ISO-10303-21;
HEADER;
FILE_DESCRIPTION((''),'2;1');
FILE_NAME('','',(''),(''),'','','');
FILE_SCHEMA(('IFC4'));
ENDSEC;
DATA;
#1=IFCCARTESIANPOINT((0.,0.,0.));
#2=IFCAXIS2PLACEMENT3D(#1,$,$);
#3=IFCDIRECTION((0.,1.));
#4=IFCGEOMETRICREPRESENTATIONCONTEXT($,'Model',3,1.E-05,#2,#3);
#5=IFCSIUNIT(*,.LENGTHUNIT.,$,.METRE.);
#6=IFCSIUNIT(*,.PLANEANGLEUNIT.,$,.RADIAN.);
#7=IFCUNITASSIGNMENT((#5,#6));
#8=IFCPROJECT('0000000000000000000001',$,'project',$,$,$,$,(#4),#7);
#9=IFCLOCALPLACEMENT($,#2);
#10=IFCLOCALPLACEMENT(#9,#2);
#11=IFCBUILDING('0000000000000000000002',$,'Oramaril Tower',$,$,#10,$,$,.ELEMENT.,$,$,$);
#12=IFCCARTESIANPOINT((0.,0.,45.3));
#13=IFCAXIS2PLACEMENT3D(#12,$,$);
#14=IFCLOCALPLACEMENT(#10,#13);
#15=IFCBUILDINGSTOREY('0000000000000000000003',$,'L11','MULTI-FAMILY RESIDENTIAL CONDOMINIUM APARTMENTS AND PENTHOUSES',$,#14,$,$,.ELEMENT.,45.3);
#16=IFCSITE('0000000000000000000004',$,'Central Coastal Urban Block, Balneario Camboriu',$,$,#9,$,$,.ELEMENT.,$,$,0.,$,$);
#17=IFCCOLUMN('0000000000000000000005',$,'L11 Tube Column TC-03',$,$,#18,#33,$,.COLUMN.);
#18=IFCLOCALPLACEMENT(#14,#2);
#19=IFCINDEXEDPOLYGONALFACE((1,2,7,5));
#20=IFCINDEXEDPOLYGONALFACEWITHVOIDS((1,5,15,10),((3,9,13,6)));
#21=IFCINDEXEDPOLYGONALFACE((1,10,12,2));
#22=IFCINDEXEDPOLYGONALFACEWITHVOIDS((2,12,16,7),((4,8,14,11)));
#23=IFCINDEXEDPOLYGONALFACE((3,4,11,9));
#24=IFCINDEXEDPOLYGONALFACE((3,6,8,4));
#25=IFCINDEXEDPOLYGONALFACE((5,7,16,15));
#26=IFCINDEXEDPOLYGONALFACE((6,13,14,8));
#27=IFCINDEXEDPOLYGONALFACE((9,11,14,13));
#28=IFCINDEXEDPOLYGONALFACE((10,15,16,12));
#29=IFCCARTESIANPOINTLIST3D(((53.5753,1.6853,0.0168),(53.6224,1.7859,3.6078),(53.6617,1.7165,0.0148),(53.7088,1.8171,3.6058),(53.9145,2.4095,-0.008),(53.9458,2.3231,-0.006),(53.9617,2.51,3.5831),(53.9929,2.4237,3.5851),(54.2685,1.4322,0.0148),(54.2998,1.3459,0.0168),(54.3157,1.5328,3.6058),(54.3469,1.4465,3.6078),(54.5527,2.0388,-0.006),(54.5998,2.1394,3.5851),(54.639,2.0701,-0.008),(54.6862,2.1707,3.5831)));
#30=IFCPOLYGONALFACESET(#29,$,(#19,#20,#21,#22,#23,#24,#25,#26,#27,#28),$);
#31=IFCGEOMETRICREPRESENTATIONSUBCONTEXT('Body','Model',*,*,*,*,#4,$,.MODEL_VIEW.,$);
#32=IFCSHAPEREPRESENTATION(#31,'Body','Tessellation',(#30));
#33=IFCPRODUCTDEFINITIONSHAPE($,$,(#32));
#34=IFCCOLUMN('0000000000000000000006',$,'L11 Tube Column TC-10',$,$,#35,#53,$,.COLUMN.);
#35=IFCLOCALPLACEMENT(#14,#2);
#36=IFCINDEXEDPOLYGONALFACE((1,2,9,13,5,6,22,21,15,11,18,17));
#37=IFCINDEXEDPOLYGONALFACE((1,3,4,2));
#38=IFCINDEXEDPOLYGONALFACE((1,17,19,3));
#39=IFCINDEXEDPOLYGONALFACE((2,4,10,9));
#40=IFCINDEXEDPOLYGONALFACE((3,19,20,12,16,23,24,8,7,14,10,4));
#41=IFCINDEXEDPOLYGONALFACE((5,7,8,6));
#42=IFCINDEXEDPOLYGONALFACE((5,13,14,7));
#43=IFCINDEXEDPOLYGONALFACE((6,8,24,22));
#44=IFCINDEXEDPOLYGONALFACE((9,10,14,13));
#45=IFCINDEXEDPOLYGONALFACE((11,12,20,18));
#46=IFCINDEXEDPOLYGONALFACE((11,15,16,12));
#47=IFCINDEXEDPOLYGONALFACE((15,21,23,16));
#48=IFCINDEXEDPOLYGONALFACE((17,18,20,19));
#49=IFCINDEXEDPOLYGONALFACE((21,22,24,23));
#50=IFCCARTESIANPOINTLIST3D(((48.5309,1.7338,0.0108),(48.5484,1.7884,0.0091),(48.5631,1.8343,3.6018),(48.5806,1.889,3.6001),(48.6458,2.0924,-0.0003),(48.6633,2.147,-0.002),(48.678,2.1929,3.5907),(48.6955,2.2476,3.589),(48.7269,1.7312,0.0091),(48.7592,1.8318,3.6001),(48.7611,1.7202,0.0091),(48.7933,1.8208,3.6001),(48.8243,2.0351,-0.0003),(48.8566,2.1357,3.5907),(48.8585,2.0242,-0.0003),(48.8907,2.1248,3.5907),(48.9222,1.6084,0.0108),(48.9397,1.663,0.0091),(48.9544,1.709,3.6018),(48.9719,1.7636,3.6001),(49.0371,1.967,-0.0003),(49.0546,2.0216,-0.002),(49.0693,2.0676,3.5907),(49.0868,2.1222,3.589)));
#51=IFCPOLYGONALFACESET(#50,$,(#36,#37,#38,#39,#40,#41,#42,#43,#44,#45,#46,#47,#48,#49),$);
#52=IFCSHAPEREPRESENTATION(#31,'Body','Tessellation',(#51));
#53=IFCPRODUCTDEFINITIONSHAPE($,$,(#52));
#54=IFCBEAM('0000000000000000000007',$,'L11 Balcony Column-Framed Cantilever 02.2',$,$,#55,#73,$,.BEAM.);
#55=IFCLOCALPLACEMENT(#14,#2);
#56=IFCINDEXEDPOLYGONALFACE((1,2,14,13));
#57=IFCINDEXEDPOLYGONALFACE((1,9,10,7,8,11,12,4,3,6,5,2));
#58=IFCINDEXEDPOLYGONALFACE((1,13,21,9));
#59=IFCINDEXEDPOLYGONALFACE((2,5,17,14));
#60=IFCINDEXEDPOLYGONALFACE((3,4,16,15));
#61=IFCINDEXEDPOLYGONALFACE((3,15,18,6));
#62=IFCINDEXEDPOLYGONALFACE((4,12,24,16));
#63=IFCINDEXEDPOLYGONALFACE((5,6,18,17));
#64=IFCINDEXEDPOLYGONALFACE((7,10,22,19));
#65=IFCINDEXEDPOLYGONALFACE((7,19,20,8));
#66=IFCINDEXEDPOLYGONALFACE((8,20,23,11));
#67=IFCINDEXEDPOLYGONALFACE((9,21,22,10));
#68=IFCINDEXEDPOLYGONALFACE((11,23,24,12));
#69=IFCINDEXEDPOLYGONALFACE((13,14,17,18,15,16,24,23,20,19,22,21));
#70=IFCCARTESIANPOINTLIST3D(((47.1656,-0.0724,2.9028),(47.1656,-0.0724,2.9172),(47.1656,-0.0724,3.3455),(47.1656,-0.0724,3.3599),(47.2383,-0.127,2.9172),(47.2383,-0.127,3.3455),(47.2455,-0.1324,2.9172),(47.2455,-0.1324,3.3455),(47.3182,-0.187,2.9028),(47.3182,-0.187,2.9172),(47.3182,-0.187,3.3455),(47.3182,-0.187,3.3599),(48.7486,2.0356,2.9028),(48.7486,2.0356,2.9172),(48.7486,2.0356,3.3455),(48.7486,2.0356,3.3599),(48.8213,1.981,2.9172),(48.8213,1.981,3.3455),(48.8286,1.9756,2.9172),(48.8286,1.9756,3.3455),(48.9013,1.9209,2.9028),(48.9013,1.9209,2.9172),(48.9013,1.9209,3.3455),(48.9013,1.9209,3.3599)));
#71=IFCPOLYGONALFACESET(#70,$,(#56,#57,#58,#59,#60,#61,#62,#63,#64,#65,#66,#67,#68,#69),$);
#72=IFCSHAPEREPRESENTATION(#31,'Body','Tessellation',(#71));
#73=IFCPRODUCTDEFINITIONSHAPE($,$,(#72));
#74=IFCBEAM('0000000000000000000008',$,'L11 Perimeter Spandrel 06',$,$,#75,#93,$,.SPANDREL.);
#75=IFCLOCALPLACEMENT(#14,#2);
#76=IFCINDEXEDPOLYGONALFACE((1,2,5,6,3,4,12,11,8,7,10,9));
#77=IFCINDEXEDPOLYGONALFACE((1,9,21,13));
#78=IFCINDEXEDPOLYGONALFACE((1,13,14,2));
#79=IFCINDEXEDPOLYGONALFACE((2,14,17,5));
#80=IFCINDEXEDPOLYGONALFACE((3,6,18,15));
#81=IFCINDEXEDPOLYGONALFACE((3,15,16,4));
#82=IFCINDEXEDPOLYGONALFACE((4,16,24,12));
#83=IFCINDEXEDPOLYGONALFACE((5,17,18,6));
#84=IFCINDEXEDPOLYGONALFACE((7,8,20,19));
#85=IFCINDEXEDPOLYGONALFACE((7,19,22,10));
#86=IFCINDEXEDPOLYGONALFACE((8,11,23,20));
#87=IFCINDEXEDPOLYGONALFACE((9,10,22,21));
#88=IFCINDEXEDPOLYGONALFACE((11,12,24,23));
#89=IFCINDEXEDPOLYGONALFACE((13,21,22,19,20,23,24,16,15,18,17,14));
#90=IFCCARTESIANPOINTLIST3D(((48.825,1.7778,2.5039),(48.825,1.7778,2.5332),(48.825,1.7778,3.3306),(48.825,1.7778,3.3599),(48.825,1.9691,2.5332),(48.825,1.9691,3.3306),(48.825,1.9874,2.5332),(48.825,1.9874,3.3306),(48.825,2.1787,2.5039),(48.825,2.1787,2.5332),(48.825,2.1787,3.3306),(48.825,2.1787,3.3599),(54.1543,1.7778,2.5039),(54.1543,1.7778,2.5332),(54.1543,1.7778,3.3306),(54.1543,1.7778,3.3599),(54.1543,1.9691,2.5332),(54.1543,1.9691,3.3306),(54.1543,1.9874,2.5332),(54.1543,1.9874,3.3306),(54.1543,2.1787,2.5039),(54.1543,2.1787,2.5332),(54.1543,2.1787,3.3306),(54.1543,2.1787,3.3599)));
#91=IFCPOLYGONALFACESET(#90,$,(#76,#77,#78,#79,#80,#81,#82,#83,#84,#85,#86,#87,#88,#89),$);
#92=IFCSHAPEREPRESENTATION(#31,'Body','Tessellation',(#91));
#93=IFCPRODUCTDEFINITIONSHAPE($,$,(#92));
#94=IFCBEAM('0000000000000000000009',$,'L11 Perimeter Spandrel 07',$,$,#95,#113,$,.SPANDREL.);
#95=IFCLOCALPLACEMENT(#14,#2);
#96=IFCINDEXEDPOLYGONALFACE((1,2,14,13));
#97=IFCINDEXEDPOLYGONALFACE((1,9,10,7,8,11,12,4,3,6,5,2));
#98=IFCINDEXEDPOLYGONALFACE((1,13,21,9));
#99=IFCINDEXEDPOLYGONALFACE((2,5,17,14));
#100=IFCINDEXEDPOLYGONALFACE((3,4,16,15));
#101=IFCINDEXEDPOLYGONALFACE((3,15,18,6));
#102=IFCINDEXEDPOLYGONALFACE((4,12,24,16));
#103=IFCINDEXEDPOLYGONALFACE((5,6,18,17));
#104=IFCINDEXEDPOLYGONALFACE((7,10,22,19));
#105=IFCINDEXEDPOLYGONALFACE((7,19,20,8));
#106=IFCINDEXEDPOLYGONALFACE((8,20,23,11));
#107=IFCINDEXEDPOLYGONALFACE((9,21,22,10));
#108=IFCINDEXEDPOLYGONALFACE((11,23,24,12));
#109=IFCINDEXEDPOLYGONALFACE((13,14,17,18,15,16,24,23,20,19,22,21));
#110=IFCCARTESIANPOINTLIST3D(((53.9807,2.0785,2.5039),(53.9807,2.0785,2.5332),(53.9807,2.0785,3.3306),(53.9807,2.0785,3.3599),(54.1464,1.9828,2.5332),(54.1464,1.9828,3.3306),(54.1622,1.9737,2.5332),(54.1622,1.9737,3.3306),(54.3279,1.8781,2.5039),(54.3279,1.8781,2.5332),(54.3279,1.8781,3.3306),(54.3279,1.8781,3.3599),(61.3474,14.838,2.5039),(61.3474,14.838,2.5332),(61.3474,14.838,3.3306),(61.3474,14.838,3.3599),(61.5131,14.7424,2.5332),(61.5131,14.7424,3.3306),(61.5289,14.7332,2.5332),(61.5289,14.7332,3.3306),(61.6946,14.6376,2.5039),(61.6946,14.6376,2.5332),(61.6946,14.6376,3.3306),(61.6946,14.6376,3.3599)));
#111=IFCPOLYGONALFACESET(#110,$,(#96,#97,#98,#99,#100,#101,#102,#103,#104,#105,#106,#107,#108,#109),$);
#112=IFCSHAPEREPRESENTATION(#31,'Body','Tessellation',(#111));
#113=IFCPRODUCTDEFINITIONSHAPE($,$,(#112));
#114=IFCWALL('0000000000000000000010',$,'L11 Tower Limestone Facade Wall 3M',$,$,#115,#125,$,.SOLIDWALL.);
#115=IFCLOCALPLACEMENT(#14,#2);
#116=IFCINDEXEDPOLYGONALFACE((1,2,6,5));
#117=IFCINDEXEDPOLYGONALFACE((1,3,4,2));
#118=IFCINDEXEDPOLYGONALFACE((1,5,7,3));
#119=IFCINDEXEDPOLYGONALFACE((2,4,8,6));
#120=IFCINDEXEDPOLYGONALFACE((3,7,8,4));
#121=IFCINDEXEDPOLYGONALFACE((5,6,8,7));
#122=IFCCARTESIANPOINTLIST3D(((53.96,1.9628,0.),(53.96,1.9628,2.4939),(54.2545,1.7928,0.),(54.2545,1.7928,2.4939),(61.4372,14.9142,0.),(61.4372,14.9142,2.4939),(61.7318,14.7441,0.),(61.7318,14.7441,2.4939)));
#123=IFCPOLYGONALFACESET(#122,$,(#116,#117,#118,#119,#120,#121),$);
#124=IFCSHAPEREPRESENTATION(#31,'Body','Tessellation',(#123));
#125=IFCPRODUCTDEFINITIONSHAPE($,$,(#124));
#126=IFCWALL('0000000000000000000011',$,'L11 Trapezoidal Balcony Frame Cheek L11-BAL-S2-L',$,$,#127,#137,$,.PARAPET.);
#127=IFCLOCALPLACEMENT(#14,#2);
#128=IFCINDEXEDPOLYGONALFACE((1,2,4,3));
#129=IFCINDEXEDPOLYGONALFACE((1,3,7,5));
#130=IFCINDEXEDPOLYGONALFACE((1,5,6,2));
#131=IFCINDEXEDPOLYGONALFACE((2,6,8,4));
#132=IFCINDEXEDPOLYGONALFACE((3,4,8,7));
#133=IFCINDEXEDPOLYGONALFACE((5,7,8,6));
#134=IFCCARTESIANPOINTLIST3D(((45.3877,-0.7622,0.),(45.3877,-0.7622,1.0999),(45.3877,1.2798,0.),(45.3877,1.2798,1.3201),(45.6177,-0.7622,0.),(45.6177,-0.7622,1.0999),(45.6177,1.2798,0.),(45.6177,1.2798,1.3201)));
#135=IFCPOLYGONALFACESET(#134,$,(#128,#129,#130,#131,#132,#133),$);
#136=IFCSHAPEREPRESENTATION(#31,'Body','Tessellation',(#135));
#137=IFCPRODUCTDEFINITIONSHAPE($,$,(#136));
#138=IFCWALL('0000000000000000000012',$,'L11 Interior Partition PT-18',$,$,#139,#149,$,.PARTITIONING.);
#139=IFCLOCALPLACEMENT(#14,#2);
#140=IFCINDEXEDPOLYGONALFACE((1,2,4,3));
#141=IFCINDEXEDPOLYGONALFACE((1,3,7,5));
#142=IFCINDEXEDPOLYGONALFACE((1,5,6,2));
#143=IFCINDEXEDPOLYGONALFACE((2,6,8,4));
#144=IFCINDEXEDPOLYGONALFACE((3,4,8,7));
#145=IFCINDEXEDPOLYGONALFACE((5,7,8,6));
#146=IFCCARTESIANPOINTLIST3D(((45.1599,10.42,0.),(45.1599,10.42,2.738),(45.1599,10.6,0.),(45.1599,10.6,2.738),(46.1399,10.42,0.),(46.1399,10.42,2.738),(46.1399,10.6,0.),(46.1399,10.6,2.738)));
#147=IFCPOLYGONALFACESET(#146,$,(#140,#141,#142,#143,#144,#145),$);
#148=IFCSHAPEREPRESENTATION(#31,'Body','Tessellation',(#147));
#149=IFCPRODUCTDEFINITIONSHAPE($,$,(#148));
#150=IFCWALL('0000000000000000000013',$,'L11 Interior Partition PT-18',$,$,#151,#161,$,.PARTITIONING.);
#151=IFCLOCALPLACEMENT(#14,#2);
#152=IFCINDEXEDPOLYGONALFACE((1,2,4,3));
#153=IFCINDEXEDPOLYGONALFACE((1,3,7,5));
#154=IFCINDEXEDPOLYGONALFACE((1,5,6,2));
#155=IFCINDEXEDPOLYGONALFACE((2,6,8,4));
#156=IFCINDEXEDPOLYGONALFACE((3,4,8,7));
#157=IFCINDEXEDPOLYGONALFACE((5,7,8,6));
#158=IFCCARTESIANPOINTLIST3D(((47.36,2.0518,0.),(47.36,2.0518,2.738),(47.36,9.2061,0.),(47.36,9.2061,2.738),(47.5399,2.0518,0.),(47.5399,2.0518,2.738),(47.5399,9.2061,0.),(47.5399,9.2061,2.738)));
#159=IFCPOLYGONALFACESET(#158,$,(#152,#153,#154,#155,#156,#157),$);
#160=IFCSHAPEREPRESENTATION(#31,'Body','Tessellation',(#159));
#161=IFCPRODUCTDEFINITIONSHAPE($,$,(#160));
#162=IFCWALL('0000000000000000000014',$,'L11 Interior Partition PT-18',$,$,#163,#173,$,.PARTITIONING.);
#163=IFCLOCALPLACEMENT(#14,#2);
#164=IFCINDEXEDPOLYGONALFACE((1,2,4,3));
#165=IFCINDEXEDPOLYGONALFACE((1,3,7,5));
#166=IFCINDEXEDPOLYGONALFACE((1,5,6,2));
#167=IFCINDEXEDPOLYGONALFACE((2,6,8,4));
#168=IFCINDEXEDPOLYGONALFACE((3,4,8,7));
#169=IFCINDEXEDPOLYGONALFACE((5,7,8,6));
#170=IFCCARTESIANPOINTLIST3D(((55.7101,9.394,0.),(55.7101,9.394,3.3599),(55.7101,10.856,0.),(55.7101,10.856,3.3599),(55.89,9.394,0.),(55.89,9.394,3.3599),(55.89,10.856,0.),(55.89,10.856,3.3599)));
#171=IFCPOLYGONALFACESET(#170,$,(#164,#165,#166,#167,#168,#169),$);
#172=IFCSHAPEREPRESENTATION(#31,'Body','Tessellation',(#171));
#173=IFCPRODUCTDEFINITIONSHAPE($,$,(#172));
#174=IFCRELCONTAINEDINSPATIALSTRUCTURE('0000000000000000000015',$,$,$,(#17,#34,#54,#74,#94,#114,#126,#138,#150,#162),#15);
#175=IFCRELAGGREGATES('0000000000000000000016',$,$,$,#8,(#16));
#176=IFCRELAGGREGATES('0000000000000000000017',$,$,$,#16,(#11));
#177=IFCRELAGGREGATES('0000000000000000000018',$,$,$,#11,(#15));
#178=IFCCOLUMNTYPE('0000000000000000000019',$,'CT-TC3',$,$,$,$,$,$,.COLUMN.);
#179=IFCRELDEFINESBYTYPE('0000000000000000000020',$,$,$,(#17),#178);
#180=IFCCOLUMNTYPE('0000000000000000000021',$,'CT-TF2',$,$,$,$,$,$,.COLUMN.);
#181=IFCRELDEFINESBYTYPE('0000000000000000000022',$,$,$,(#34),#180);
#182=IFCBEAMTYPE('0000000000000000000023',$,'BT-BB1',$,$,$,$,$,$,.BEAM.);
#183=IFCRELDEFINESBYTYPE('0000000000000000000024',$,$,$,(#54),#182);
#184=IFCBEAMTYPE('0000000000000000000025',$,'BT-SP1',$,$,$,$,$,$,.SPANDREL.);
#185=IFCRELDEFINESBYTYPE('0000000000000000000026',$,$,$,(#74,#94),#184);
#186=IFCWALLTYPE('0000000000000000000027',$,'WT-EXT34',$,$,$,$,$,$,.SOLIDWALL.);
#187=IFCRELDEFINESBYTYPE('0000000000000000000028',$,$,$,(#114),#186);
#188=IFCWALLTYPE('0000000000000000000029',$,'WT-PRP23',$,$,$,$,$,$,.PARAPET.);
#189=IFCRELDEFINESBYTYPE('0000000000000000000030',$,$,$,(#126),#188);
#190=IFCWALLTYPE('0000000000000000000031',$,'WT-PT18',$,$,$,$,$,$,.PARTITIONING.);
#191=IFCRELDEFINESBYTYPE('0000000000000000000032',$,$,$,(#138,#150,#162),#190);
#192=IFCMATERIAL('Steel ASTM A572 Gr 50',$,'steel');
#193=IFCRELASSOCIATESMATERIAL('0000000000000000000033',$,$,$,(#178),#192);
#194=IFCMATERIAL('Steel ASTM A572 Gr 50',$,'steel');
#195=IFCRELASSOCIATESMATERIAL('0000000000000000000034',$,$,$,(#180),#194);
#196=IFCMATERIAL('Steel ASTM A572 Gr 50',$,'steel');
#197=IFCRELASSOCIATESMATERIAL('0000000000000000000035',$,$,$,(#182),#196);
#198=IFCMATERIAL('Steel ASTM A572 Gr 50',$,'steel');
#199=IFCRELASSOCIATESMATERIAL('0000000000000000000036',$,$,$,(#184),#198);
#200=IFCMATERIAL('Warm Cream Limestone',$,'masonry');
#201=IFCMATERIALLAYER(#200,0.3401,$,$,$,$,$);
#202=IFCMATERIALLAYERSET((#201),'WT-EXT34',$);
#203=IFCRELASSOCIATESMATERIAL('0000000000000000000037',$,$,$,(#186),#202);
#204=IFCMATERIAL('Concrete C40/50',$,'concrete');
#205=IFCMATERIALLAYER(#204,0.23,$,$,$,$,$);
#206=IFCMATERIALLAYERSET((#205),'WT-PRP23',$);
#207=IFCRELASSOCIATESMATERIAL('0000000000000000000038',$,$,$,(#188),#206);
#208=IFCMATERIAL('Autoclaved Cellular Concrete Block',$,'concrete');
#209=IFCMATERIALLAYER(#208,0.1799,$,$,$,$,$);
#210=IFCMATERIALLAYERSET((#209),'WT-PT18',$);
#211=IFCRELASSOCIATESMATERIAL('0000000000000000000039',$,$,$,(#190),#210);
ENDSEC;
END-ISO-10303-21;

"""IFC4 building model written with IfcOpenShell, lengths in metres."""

from ifc_helpers import new_model, si_unit, direction, frame, frame_2d, origin, origin_2d, place, context, subcontext, project, spatial, polyline, rectangle, hollow_rectangle, i_section, outline, extrude, material, layer, layer_set, material_profile, profile_set, type_object, element, save


model = new_model("IFC4")

# Units and contexts
model_context = context("Model", 3, precision=1e-05, world=origin(), true_north=direction((0.0, 1.0)))
body_context = subcontext(model_context, "Body", "Model", "MODEL_VIEW")
ifc_project = project(units=[si_unit("LENGTHUNIT", "METRE"), si_unit("PLANEANGLEUNIT", "RADIAN")], contexts=[model_context])

# Site, building, storey
site_placement = place(None, origin())
site = spatial("IfcSite", under=ifc_project, at=site_placement, Name="Central Coastal Urban Block, Balneario Camboriu", CompositionType="ELEMENT", RefElevation=0.0)
building_placement = place(site_placement, origin())
building = spatial("IfcBuilding", under=site, at=building_placement, Name="Oramaril Tower", CompositionType="ELEMENT")
storey_placement = place(building_placement, frame((0.0, 0.0, 45.3)))
storey = spatial("IfcBuildingStorey", under=building, at=storey_placement, Name="L11", Description="MULTI-FAMILY RESIDENTIAL CONDOMINIUM APARTMENTS AND PENTHOUSES", CompositionType="ELEMENT", Elevation=45.3)

# Columns
ifc_material_1 = material(Name="Steel ASTM A572 Gr 50", Category="steel")
ifc_material_profile_1 = material_profile(ifc_material_1, hollow_rectangle(XDim=0.8, YDim=0.8, WallThickness=0.0649, at=origin_2d()), Name="BOX800X800X65")
ifc_profile_set_1 = profile_set([ifc_material_profile_1], Name="Steel ASTM A572 Gr 50")
column_type_1 = type_object("IfcColumnType", Name="CT-TC3", PredefinedType="COLUMN", material=ifc_profile_set_1)
column_1_placement = place(storey_placement, frame((54.1072, 1.8777, 0.0044), z_axis=(0.013115, 0.027997, 0.999522), x_axis=(-0.905564, 0.424209, 0.0)))
element("IfcColumn", 1, at=column_1_placement, inside=storey, type_object=column_type_1, Name="L11 Tube Column TC-03", PredefinedType="COLUMN", context=body_context, shape_type="SweptSolid", body=[
    extrude(hollow_rectangle(XDim=0.8, YDim=0.8, WallThickness=0.0649, at=origin_2d()), origin(), (0.0, 0.0, 1.0), 3.5928),
])
ifc_material_2 = material(Name="Steel ASTM A572 Gr 50", Category="steel")
ifc_material_profile_2 = material_profile(ifc_material_2, i_section(OverallWidth=0.4109, OverallDepth=0.4341, WebThickness=0.0359, FlangeThickness=0.0574, at=origin_2d()), Name="W14X311")
ifc_profile_set_2 = profile_set([ifc_material_profile_2], Name="Steel ASTM A572 Gr 50")
column_type_2 = type_object("IfcColumnType", Name="CT-TF2", PredefinedType="COLUMN", material=ifc_profile_set_2)
column_2_placement = place(storey_placement, frame((48.7927, 1.8777, 0.0044), z_axis=(0.00897, 0.027998, 0.999568), x_axis=(-0.952317, 0.305111, 0.0)))
element("IfcColumn", 2, at=column_2_placement, inside=storey, type_object=column_type_2, Name="L11 Tube Column TC-10", PredefinedType="COLUMN", context=body_context, shape_type="SweptSolid", body=[
    extrude(i_section(OverallWidth=0.4109, OverallDepth=0.4341, WebThickness=0.0359, FlangeThickness=0.0574, at=origin_2d()), origin(), (0.0, 0.0, 1.0), 3.5925),
])

# Beams
ifc_material_3 = material(Name="Steel ASTM A572 Gr 50", Category="steel")
ifc_material_profile_3 = material_profile(ifc_material_3, i_section(OverallWidth=0.1909, OverallDepth=0.457, WebThickness=0.009, FlangeThickness=0.0144, at=origin_2d()), Name="W18X50")
ifc_profile_set_3 = profile_set([ifc_material_profile_3], Name="Steel ASTM A572 Gr 50")
beam_type_1 = type_object("IfcBeamType", Name="BT-BB1", PredefinedType="BEAM", material=ifc_profile_set_3)
beam_1_placement = place(storey_placement, frame((48.825, 1.9783, 3.1313), z_axis=(-0.600504, -0.799622, 0.0), x_axis=(0.799622, -0.600504, 0.0)))
element("IfcBeam", 3, at=beam_1_placement, inside=storey, type_object=beam_type_1, Name="L11 Balcony Column-Framed Cantilever 02.2", PredefinedType="BEAM", context=body_context, shape_type="SweptSolid", body=[
    extrude(i_section(OverallWidth=0.1909, OverallDepth=0.457, WebThickness=0.009, FlangeThickness=0.0144, at=origin_2d()), origin(), (0.0, 0.0, 1.0), 2.6362),
])
ifc_material_4 = material(Name="Steel ASTM A572 Gr 50", Category="steel")
ifc_material_profile_4 = material_profile(ifc_material_4, i_section(OverallWidth=0.4009, OverallDepth=0.856, WebThickness=0.0183, FlangeThickness=0.0293, at=origin_2d()), Name="W33X201")
ifc_profile_set_4 = profile_set([ifc_material_profile_4], Name="Steel ASTM A572 Gr 50")
beam_type_2 = type_object("IfcBeamType", Name="BT-SP1", PredefinedType="SPANDREL", material=ifc_profile_set_4)
beam_2_placement = place(storey_placement, frame((48.825, 1.9783, 2.9319), z_axis=(1.0, 0.0, 0.0), x_axis=(0.0, 1.0, 0.0)))
element("IfcBeam", 4, at=beam_2_placement, inside=storey, type_object=beam_type_2, Name="L11 Perimeter Spandrel 06", PredefinedType="SPANDREL", context=body_context, shape_type="SweptSolid", body=[
    extrude(i_section(OverallWidth=0.4009, OverallDepth=0.856, WebThickness=0.0183, FlangeThickness=0.0293, at=origin_2d()), origin(), (0.0, 0.0, 1.0), 5.3293),
])
beam_3_placement = place(storey_placement, frame((54.1543, 1.9783, 2.9319), z_axis=(0.499999, 0.866026, 0.0), x_axis=(-0.866026, 0.499999, 0.0)))
element("IfcBeam", 5, at=beam_3_placement, inside=storey, type_object=beam_type_2, Name="L11 Perimeter Spandrel 07", PredefinedType="SPANDREL", context=body_context, shape_type="SweptSolid", body=[
    extrude(i_section(OverallWidth=0.4009, OverallDepth=0.856, WebThickness=0.0183, FlangeThickness=0.0293, at=origin_2d()), origin(), (0.0, 0.0, 1.0), 14.7334),
])

# Walls
ifc_material_5 = material(Name="Warm Cream Limestone", Category="masonry")
ifc_layer_1 = layer(ifc_material_5, 0.3401)
ifc_layer_set_1 = layer_set([ifc_layer_1], Name="WT-EXT34")
wall_type_1 = type_object("IfcWallType", Name="WT-EXT34", PredefinedType="SOLIDWALL", material=ifc_layer_set_1)
wall_1_placement = place(storey_placement, frame((54.1072, 1.8777, 0.0), z_axis=(0.0, 0.0, 1.0), x_axis=(0.49999, 0.866031, 0.0)))
element("IfcWall", 6, at=wall_1_placement, inside=storey, type_object=wall_type_1, Name="L11 Tower Limestone Facade Wall 3M", PredefinedType="SOLIDWALL", context=body_context, shape_type="SweptSolid", body=[
    extrude(rectangle(XDim=14.9548, YDim=0.3401, at=frame_2d((7.4775, 0.0))), origin(), (0.0, 0.0, 1.0), 2.4939),
])
ifc_material_6 = material(Name="Concrete C40/50", Category="concrete")
ifc_layer_2 = layer(ifc_material_6, 0.23)
ifc_layer_set_2 = layer_set([ifc_layer_2], Name="WT-PRP23")
wall_type_2 = type_object("IfcWallType", Name="WT-PRP23", PredefinedType="PARAPET", material=ifc_layer_set_2)
wall_2_placement = place(storey_placement, frame((45.5027, 1.2798, 0.0), z_axis=(0.0, 0.0, 1.0), x_axis=(0.0, -1.0, 0.0)))
element("IfcWall", 7, at=wall_2_placement, inside=storey, type_object=wall_type_2, Name="L11 Trapezoidal Balcony Frame Cheek L11-BAL-S2-L", PredefinedType="PARAPET", context=body_context, shape_type="SweptSolid", body=[
    extrude(outline(polyline([(0.0, 0.0), (2.042, 0.0), (2.042, 1.0999), (0.0, 1.3201), (0.0, 0.0)])), frame((0.0, 0.115, 0.0), z_axis=(0.0, -1.0, 0.0), x_axis=(1.0, 0.0, 0.0)), (0.0, 0.0, 1.0), 0.23),
])
ifc_material_7 = material(Name="Autoclaved Cellular Concrete Block", Category="concrete")
ifc_layer_3 = layer(ifc_material_7, 0.1799)
ifc_layer_set_3 = layer_set([ifc_layer_3], Name="WT-PT18")
wall_type_3 = type_object("IfcWallType", Name="WT-PT18", PredefinedType="PARTITIONING", material=ifc_layer_set_3)
wall_3_placement = place(storey_placement, frame((45.1599, 10.51, 0.0), z_axis=(0.0, 0.0, 1.0), x_axis=(1.0, 0.0, 0.0)))
element("IfcWall", 8, at=wall_3_placement, inside=storey, type_object=wall_type_3, Name="L11 Interior Partition PT-18", PredefinedType="PARTITIONING", context=body_context, shape_type="SweptSolid", body=[
    extrude(rectangle(XDim=0.98, YDim=0.1799, at=frame_2d((0.49, 0.0))), origin(), (0.0, 0.0, 1.0), 2.738),
])
wall_4_placement = place(storey_placement, frame((47.45, 2.0518, 0.0), z_axis=(0.0, 0.0, 1.0), x_axis=(0.0, 1.0, 0.0)))
element("IfcWall", 9, at=wall_4_placement, inside=storey, type_object=wall_type_3, Name="L11 Interior Partition PT-18", PredefinedType="PARTITIONING", context=body_context, shape_type="SweptSolid", body=[
    extrude(rectangle(XDim=7.1543, YDim=0.1799, at=frame_2d((3.5771, 0.0))), origin(), (0.0, 0.0, 1.0), 2.738),
])
wall_5_placement = place(storey_placement, frame((55.8, 9.394, 0.0), z_axis=(0.0, 0.0, 1.0), x_axis=(0.0, 1.0, 0.0)))
element("IfcWall", 10, at=wall_5_placement, inside=storey, type_object=wall_type_3, Name="L11 Interior Partition PT-18", PredefinedType="PARTITIONING", context=body_context, shape_type="SweptSolid", body=[
    extrude(rectangle(XDim=1.4619, YDim=0.1799, at=frame_2d((0.731, 0.0))), origin(), (0.0, 0.0, 1.0), 3.3599),
])

save(model, "model.ifc")
